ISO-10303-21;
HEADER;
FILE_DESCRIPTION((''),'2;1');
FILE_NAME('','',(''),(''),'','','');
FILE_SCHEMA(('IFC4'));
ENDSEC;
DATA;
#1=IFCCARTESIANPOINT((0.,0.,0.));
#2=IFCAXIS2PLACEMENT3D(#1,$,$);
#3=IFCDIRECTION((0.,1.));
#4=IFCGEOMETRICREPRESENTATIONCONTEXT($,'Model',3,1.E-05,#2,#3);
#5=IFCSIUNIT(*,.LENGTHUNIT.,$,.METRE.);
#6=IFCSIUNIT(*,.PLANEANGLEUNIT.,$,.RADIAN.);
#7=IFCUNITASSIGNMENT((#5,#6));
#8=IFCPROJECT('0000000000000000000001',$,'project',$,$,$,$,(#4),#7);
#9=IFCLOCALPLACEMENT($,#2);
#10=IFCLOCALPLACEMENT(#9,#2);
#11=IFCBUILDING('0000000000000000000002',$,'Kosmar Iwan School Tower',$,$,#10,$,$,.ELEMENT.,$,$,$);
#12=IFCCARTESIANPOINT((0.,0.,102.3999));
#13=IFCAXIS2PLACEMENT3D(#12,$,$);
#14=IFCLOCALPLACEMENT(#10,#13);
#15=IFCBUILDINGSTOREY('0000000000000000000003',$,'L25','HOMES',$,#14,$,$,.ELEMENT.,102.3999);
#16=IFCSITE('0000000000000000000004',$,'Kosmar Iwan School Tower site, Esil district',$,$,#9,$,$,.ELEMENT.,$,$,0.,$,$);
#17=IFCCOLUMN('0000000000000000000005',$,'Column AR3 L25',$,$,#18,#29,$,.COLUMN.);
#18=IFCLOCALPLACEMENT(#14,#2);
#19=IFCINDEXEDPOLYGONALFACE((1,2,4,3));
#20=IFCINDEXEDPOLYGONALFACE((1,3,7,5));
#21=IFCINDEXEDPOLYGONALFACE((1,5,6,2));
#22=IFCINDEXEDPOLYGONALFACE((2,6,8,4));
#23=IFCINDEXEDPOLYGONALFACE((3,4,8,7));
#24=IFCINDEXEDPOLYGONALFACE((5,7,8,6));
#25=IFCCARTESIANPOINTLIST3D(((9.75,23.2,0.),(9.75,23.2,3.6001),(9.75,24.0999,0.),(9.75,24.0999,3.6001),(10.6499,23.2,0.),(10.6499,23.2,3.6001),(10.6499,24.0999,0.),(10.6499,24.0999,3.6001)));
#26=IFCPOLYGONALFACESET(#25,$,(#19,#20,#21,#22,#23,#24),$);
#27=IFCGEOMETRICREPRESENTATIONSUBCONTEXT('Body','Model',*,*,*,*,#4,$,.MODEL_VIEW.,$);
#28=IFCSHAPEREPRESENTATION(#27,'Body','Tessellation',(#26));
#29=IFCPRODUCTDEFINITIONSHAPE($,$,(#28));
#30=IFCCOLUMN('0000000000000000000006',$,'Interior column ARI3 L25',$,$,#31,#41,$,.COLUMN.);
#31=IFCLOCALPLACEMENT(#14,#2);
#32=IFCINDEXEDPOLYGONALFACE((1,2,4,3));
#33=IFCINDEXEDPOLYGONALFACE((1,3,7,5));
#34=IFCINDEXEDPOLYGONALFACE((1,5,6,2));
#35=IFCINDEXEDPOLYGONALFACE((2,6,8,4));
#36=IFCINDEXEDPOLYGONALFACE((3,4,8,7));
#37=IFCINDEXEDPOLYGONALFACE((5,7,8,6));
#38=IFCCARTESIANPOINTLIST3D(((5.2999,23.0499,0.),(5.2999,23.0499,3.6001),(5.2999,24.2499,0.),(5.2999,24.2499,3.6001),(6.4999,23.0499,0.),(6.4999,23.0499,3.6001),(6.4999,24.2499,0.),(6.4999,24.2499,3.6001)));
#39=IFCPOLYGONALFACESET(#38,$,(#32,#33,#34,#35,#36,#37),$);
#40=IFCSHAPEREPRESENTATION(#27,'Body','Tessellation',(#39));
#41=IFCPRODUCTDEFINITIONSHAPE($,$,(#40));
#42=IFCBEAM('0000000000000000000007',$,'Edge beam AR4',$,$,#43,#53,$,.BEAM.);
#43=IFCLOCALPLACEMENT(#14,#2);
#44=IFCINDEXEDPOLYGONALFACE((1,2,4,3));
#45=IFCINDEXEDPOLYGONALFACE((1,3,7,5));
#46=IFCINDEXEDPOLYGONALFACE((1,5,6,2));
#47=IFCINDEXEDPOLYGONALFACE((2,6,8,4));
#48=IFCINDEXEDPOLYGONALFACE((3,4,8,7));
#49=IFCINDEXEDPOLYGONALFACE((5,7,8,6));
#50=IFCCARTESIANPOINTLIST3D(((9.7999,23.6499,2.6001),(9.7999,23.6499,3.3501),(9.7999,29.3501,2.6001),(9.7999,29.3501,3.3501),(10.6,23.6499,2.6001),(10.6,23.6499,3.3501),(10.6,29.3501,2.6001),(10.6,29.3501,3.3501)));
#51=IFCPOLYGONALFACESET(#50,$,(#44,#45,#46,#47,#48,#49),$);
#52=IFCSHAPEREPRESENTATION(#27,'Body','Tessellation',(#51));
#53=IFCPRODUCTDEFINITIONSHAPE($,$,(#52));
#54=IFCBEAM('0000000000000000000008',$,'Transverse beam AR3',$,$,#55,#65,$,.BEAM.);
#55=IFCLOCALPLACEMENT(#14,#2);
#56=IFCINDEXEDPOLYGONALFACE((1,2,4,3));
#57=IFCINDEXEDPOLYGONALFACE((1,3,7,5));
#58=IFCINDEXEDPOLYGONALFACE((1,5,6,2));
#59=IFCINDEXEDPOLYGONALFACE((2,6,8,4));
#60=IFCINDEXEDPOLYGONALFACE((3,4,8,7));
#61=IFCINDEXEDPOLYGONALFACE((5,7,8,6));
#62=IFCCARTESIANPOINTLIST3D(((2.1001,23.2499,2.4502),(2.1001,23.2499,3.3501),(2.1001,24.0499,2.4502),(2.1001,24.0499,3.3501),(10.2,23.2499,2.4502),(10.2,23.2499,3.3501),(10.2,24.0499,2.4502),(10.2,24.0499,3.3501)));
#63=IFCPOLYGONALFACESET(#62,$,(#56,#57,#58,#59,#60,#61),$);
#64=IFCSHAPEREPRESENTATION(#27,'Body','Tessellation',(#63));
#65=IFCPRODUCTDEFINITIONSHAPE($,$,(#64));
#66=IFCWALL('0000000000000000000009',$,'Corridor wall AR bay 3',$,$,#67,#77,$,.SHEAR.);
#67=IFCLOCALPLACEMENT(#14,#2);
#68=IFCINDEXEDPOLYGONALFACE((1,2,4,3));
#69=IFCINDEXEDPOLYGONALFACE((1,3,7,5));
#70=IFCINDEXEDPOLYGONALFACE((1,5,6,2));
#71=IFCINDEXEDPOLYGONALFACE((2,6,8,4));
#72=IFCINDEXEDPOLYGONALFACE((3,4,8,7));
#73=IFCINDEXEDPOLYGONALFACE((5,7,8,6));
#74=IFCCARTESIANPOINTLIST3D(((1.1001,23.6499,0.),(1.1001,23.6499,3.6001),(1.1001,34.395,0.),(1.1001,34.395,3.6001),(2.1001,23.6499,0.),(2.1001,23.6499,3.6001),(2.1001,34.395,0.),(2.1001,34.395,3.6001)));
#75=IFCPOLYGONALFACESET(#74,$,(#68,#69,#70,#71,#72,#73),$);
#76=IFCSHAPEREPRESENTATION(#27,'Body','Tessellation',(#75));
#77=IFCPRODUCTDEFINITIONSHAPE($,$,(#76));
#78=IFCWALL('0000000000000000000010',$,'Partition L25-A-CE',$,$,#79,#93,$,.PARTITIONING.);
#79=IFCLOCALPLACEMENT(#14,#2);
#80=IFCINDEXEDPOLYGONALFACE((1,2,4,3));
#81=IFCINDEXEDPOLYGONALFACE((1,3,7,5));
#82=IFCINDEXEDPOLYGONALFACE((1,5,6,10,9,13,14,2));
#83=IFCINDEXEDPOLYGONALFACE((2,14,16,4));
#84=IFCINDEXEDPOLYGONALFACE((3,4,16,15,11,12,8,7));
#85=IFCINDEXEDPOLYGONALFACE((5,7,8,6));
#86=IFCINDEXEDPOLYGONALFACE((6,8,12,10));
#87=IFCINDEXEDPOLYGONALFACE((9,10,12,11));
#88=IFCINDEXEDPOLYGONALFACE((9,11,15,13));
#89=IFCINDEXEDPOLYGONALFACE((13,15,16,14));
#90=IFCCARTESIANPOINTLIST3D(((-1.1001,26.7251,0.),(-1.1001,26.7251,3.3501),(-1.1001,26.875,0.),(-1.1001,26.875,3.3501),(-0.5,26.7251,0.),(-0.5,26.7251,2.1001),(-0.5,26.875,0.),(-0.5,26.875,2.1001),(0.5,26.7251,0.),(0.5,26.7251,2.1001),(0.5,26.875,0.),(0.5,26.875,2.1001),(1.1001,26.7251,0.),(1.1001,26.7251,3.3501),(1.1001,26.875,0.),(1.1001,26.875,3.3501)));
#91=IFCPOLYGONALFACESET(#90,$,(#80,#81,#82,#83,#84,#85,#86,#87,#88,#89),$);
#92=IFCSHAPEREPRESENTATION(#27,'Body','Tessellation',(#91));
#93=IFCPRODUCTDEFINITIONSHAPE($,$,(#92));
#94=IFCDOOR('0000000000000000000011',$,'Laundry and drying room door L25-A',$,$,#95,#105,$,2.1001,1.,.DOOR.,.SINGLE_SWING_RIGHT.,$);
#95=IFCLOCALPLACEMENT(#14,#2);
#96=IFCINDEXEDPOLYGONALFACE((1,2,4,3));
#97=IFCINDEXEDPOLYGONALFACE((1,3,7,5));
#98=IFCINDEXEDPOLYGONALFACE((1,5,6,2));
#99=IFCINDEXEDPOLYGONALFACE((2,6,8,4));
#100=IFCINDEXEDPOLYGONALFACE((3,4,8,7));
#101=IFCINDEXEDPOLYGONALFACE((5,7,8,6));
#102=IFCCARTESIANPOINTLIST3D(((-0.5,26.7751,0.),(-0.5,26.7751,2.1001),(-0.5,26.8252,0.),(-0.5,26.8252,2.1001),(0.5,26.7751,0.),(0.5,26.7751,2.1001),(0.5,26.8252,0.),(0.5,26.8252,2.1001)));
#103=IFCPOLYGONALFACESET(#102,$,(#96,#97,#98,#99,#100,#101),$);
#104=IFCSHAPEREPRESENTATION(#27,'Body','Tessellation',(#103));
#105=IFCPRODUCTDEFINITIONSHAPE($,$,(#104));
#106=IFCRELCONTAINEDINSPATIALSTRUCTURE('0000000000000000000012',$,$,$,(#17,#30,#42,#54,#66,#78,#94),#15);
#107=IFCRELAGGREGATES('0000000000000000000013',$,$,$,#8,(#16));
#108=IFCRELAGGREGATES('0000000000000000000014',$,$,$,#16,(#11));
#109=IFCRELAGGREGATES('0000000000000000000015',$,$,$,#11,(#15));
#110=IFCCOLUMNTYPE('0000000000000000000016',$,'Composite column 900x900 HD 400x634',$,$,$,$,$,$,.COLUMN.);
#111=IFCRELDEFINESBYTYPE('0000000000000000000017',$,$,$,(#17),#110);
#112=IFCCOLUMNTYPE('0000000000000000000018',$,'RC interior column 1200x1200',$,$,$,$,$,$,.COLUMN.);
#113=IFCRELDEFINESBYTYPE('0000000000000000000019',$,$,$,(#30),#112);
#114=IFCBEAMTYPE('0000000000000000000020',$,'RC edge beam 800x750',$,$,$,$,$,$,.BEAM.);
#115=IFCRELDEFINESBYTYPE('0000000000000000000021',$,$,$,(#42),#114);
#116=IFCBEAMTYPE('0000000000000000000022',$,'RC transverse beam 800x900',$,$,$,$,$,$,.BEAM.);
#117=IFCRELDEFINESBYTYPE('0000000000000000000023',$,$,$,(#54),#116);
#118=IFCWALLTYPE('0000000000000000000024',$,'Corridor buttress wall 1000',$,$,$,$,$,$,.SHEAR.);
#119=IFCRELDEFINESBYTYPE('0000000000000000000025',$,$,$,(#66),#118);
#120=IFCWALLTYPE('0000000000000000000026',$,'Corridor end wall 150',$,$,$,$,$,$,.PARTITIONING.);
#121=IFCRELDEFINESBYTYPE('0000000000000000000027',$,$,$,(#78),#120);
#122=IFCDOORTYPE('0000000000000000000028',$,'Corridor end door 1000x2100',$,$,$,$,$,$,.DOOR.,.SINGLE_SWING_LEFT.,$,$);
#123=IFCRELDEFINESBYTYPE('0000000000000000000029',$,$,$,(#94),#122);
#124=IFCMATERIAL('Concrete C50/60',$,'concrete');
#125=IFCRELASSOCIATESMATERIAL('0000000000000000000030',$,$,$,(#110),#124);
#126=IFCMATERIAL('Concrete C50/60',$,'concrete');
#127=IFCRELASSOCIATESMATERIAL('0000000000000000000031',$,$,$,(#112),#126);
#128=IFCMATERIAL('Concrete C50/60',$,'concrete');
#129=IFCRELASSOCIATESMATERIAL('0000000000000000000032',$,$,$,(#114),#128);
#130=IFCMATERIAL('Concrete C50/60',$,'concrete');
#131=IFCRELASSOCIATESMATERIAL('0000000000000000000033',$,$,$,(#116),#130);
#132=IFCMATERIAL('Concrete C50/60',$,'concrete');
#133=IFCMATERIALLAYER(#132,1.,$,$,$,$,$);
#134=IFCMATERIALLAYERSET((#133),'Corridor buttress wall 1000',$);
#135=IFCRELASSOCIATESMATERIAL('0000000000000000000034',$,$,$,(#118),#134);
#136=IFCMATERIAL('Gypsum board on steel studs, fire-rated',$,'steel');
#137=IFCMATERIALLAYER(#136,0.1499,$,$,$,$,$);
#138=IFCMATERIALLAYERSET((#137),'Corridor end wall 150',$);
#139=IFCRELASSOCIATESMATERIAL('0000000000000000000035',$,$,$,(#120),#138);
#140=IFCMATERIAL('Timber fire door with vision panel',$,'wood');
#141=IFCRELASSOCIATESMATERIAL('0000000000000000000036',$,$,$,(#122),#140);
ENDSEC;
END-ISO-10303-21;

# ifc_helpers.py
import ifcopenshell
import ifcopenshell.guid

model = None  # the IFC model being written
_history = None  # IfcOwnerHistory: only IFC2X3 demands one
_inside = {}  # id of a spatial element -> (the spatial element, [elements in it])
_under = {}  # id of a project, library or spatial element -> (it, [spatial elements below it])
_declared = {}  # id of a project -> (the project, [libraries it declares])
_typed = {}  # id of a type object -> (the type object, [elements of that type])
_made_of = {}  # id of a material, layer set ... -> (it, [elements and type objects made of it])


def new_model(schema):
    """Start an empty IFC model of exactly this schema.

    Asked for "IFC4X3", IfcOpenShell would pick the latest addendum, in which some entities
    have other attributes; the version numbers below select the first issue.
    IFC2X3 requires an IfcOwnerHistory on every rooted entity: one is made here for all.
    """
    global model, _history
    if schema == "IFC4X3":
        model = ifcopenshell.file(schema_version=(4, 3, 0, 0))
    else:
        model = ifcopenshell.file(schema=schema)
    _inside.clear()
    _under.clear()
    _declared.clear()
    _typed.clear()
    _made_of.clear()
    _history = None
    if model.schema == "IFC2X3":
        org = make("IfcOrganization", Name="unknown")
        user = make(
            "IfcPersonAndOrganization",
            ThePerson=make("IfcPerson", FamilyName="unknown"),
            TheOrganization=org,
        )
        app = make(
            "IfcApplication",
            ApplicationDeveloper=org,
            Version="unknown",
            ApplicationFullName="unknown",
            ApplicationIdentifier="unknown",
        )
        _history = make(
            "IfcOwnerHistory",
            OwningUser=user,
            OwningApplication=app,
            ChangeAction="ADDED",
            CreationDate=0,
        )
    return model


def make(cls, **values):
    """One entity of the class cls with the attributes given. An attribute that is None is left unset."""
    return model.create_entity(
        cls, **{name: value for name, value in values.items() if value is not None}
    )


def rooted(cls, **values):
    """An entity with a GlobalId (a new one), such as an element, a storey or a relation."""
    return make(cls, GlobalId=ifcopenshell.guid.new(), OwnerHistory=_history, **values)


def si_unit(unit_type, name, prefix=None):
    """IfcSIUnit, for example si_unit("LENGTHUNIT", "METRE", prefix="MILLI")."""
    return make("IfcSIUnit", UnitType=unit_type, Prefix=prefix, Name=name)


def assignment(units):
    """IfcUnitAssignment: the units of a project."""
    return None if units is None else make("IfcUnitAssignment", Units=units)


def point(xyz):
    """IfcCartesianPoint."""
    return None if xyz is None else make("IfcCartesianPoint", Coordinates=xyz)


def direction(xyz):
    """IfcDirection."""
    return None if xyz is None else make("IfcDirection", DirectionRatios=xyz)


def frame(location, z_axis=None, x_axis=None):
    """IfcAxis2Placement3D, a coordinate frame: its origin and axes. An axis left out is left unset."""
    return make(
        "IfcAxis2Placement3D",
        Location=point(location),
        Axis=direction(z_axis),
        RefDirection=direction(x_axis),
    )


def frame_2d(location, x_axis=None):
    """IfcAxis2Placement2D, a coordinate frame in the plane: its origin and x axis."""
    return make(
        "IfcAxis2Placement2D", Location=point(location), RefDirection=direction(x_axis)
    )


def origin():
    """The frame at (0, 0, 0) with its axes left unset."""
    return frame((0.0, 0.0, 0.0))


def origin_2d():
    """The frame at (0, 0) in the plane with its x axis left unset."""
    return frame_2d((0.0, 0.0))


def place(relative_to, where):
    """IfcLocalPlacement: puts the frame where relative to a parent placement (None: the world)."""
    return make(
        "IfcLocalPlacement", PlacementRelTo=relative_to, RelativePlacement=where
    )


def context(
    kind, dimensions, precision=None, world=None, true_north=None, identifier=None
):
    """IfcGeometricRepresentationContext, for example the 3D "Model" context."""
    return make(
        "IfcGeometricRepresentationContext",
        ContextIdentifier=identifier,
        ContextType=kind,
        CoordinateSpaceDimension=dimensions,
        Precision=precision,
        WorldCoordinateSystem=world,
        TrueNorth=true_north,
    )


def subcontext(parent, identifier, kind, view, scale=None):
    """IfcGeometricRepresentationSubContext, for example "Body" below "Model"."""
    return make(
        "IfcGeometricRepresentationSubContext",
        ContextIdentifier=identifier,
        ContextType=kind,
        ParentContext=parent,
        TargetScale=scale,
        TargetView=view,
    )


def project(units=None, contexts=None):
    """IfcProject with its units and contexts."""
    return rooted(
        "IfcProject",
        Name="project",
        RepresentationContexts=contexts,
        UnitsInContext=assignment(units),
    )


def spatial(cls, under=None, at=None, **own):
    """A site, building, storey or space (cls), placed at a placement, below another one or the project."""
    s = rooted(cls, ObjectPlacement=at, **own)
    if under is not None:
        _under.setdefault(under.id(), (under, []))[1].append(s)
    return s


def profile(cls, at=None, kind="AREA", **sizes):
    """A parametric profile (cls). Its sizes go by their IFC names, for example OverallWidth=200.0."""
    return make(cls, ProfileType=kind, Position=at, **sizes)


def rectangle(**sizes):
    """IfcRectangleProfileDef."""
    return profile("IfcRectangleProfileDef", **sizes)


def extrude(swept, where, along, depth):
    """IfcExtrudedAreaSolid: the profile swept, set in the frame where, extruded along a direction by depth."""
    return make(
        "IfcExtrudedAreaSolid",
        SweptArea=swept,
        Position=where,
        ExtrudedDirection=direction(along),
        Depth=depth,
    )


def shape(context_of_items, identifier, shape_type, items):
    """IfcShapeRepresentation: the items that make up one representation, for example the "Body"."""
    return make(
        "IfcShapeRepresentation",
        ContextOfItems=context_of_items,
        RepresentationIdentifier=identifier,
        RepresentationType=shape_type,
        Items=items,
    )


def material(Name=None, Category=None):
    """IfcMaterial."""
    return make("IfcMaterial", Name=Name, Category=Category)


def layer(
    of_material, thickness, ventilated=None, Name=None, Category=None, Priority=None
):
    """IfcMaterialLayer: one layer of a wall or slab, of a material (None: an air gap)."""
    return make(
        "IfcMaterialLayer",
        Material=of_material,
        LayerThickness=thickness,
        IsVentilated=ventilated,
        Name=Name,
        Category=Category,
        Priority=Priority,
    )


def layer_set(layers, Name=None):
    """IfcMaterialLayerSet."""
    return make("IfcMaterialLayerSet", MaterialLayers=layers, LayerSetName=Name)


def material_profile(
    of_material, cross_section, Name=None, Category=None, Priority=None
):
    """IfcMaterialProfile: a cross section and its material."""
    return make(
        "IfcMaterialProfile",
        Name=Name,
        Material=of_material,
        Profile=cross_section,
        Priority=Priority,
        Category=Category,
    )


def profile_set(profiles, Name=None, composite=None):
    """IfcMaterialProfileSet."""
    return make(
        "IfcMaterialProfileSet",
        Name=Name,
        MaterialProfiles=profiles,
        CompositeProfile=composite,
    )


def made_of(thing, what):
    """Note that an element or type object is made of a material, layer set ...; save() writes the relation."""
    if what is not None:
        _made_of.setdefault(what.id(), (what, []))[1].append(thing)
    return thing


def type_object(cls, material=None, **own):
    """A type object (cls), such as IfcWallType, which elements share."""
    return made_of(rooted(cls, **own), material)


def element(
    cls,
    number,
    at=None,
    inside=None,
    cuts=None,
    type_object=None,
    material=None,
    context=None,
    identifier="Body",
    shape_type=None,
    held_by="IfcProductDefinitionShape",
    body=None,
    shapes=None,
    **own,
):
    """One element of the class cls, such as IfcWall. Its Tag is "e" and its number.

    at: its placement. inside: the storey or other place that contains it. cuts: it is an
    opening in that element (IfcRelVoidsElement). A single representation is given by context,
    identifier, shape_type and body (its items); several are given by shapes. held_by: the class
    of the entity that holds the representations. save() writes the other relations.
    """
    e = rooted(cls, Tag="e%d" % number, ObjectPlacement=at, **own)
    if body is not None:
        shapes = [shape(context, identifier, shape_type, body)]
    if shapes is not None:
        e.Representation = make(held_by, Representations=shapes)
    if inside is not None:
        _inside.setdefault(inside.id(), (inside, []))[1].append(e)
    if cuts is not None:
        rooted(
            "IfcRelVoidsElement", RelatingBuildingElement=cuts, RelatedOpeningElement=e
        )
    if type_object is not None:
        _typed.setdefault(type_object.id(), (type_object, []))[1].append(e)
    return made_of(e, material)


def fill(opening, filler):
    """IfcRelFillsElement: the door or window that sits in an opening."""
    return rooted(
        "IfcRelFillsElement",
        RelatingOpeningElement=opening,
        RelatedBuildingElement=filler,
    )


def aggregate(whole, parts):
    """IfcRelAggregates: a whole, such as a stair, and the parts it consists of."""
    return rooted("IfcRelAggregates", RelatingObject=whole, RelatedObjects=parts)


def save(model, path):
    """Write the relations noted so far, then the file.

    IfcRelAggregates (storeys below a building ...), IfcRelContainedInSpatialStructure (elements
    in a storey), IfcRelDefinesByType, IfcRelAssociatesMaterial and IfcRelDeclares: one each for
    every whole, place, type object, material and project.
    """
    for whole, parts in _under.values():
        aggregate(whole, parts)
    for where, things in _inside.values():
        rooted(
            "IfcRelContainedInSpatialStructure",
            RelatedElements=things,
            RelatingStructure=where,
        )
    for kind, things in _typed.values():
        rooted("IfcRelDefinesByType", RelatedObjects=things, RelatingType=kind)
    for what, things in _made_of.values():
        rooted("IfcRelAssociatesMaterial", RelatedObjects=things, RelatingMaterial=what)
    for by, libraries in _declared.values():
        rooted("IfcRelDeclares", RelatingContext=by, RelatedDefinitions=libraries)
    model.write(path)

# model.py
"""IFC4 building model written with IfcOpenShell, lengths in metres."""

from ifc_helpers import new_model, si_unit, direction, frame, frame_2d, origin, origin_2d, place, context, subcontext, project, spatial, rectangle, extrude, material, layer, layer_set, material_profile, profile_set, type_object, element, fill, save


model = new_model("IFC4")

# Units and contexts
model_context = context("Model", 3, precision=1e-05, world=origin(), true_north=direction((0.0, 1.0)))
body_context = subcontext(model_context, "Body", "Model", "MODEL_VIEW")
ifc_project = project(units=[si_unit("LENGTHUNIT", "METRE"), si_unit("PLANEANGLEUNIT", "RADIAN")], contexts=[model_context])

# Site, building, storey
site_placement = place(None, origin())
site = spatial("IfcSite", under=ifc_project, at=site_placement, Name="Kosmar Iwan School Tower site, Esil district", CompositionType="ELEMENT", RefElevation=0.0)
building_placement = place(site_placement, origin())
building = spatial("IfcBuilding", under=site, at=building_placement, Name="Kosmar Iwan School Tower", CompositionType="ELEMENT")
storey_placement = place(building_placement, frame((0.0, 0.0, 102.3999)))
storey = spatial("IfcBuildingStorey", under=building, at=storey_placement, Name="L25", Description="HOMES", CompositionType="ELEMENT", Elevation=102.3999)

# Columns
ifc_material_1 = material(Name="Concrete C50/60", Category="concrete")
ifc_material_profile_1 = material_profile(ifc_material_1, rectangle(XDim=0.8999, YDim=0.8999, at=origin_2d()), Name="RC 900x900 + HD 400x634")
ifc_profile_set_1 = profile_set([ifc_material_profile_1], Name="Concrete C50/60")
column_type_1 = type_object("IfcColumnType", Name="Composite column 900x900 HD 400x634", PredefinedType="COLUMN", material=ifc_profile_set_1)
column_1_placement = place(storey_placement, frame((10.2, 23.6499, 0.0), z_axis=(0.0, 0.0, 1.0), x_axis=(0.0, 1.0, 0.0)))
element("IfcColumn", 1, at=column_1_placement, inside=storey, type_object=column_type_1, Name="Column AR3 L25", PredefinedType="COLUMN", context=body_context, shape_type="SweptSolid", body=[
    extrude(rectangle(XDim=0.8999, YDim=0.8999, at=origin_2d()), origin(), (0.0, 0.0, 1.0), 3.6001),
])
ifc_material_2 = material(Name="Concrete C50/60", Category="concrete")
ifc_material_profile_2 = material_profile(ifc_material_2, rectangle(XDim=1.2, YDim=1.2, at=origin_2d()), Name="RC 1200x1200")
ifc_profile_set_2 = profile_set([ifc_material_profile_2], Name="Concrete C50/60")
column_type_2 = type_object("IfcColumnType", Name="RC interior column 1200x1200", PredefinedType="COLUMN", material=ifc_profile_set_2)
column_2_placement = place(storey_placement, frame((5.8999, 23.6499, 0.0), z_axis=(0.0, 0.0, 1.0), x_axis=(0.0, 1.0, 0.0)))
element("IfcColumn", 2, at=column_2_placement, inside=storey, type_object=column_type_2, Name="Interior column ARI3 L25", PredefinedType="COLUMN", context=body_context, shape_type="SweptSolid", body=[
    extrude(rectangle(XDim=1.2, YDim=1.2, at=origin_2d()), origin(), (0.0, 0.0, 1.0), 3.6001),
])

# Beams
ifc_material_3 = material(Name="Concrete C50/60", Category="concrete")
ifc_material_profile_3 = material_profile(ifc_material_3, rectangle(XDim=0.8, YDim=0.75, at=origin_2d()), Name="RC 800x750")
ifc_profile_set_3 = profile_set([ifc_material_profile_3], Name="Concrete C50/60")
beam_type_1 = type_object("IfcBeamType", Name="RC edge beam 800x750", PredefinedType="BEAM", material=ifc_profile_set_3)
beam_1_placement = place(storey_placement, frame((10.2, 23.6499, 2.9751), z_axis=(0.0, 1.0, 0.0), x_axis=(-1.0, 0.0, 0.0)))
element("IfcBeam", 3, at=beam_1_placement, inside=storey, type_object=beam_type_1, Name="Edge beam AR4", PredefinedType="BEAM", context=body_context, shape_type="SweptSolid", body=[
    extrude(rectangle(XDim=0.8, YDim=0.75, at=origin_2d()), origin(), (0.0, 0.0, 1.0), 5.7002),
])
ifc_material_4 = material(Name="Concrete C50/60", Category="concrete")
ifc_material_profile_4 = material_profile(ifc_material_4, rectangle(XDim=0.8, YDim=0.8999, at=origin_2d()), Name="RC 800x900")
ifc_profile_set_4 = profile_set([ifc_material_profile_4], Name="Concrete C50/60")
beam_type_2 = type_object("IfcBeamType", Name="RC transverse beam 800x900", PredefinedType="BEAM", material=ifc_profile_set_4)
beam_2_placement = place(storey_placement, frame((10.2, 23.6499, 2.9001), z_axis=(-1.0, 0.0, 0.0), x_axis=(0.0, -1.0, 0.0)))
element("IfcBeam", 4, at=beam_2_placement, inside=storey, type_object=beam_type_2, Name="Transverse beam AR3", PredefinedType="BEAM", context=body_context, shape_type="SweptSolid", body=[
    extrude(rectangle(XDim=0.8, YDim=0.8999, at=origin_2d()), origin(), (0.0, 0.0, 1.0), 8.0999),
])

# Wall
ifc_material_5 = material(Name="Concrete C50/60", Category="concrete")
ifc_layer_1 = layer(ifc_material_5, 1.0)
ifc_layer_set_1 = layer_set([ifc_layer_1], Name="Corridor buttress wall 1000")
wall_type_1 = type_object("IfcWallType", Name="Corridor buttress wall 1000", PredefinedType="SHEAR", material=ifc_layer_set_1)
wall_1_placement = place(storey_placement, frame((1.6001, 23.6499, 0.0), z_axis=(0.0, 0.0, 1.0), x_axis=(0.0, 1.0, 0.0)))
element("IfcWall", 5, at=wall_1_placement, inside=storey, type_object=wall_type_1, Name="Corridor wall AR bay 3", PredefinedType="SHEAR", context=body_context, shape_type="SweptSolid", body=[
    extrude(rectangle(XDim=10.7451, YDim=1.0, at=frame_2d((5.3726, 0.0))), origin(), (0.0, 0.0, 1.0), 3.6001),
])

# Wall, opening, door
ifc_material_6 = material(Name="Gypsum board on steel studs, fire-rated", Category="steel")
ifc_layer_2 = layer(ifc_material_6, 0.1499)
ifc_layer_set_2 = layer_set([ifc_layer_2], Name="Corridor end wall 150")
wall_type_2 = type_object("IfcWallType", Name="Corridor end wall 150", PredefinedType="PARTITIONING", material=ifc_layer_set_2)
wall_2_placement = place(storey_placement, frame((1.1001, 26.8, 0.0), z_axis=(0.0, 0.0, 1.0), x_axis=(-1.0, 0.0, 0.0)))
wall_2 = element("IfcWall", 6, at=wall_2_placement, inside=storey, type_object=wall_type_2, Name="Partition L25-A-CE", PredefinedType="PARTITIONING", context=body_context, shape_type="SweptSolid", body=[
    extrude(rectangle(XDim=2.2002, YDim=0.1499, at=frame_2d((1.1001, 0.0))), origin(), (0.0, 0.0, 1.0), 3.3501),
])
opening_1_placement = place(wall_2_placement, frame((0.6001, 0.0, 0.0)))
opening_1 = element("IfcOpeningElement", 7, at=opening_1_placement, cuts=wall_2, PredefinedType="OPENING", context=body_context, shape_type="SweptSolid", body=[
    extrude(rectangle(XDim=1.0, YDim=2.1001, at=frame_2d((0.5, 1.05))), frame((0.0, 0.0869, 0.0), z_axis=(0.0, -1.0, 0.0), x_axis=(1.0, 0.0, 0.0)), (0.0, 0.0, 1.0), 0.1738),
])
ifc_material_7 = material(Name="Timber fire door with vision panel", Category="wood")
door_type_1 = type_object("IfcDoorType", Name="Corridor end door 1000x2100", OperationType="SINGLE_SWING_LEFT", PredefinedType="DOOR", material=ifc_material_7)
door_1_placement = place(opening_1_placement, origin())
door_1 = element("IfcDoor", 8, at=door_1_placement, inside=storey, type_object=door_type_1, Name="Laundry and drying room door L25-A", OperationType="SINGLE_SWING_RIGHT", OverallHeight=2.1001, OverallWidth=1.0, PredefinedType="DOOR", context=body_context, shape_type="SweptSolid", body=[
    extrude(rectangle(XDim=1.0, YDim=2.1001, at=frame_2d((0.5, 1.05))), frame((0.0, 0.0249, 0.0), z_axis=(0.0, -1.0, 0.0), x_axis=(1.0, 0.0, 0.0)), (0.0, 0.0, 1.0), 0.05),
])
fill(opening_1, door_1)

save(model, "model.ifc")
